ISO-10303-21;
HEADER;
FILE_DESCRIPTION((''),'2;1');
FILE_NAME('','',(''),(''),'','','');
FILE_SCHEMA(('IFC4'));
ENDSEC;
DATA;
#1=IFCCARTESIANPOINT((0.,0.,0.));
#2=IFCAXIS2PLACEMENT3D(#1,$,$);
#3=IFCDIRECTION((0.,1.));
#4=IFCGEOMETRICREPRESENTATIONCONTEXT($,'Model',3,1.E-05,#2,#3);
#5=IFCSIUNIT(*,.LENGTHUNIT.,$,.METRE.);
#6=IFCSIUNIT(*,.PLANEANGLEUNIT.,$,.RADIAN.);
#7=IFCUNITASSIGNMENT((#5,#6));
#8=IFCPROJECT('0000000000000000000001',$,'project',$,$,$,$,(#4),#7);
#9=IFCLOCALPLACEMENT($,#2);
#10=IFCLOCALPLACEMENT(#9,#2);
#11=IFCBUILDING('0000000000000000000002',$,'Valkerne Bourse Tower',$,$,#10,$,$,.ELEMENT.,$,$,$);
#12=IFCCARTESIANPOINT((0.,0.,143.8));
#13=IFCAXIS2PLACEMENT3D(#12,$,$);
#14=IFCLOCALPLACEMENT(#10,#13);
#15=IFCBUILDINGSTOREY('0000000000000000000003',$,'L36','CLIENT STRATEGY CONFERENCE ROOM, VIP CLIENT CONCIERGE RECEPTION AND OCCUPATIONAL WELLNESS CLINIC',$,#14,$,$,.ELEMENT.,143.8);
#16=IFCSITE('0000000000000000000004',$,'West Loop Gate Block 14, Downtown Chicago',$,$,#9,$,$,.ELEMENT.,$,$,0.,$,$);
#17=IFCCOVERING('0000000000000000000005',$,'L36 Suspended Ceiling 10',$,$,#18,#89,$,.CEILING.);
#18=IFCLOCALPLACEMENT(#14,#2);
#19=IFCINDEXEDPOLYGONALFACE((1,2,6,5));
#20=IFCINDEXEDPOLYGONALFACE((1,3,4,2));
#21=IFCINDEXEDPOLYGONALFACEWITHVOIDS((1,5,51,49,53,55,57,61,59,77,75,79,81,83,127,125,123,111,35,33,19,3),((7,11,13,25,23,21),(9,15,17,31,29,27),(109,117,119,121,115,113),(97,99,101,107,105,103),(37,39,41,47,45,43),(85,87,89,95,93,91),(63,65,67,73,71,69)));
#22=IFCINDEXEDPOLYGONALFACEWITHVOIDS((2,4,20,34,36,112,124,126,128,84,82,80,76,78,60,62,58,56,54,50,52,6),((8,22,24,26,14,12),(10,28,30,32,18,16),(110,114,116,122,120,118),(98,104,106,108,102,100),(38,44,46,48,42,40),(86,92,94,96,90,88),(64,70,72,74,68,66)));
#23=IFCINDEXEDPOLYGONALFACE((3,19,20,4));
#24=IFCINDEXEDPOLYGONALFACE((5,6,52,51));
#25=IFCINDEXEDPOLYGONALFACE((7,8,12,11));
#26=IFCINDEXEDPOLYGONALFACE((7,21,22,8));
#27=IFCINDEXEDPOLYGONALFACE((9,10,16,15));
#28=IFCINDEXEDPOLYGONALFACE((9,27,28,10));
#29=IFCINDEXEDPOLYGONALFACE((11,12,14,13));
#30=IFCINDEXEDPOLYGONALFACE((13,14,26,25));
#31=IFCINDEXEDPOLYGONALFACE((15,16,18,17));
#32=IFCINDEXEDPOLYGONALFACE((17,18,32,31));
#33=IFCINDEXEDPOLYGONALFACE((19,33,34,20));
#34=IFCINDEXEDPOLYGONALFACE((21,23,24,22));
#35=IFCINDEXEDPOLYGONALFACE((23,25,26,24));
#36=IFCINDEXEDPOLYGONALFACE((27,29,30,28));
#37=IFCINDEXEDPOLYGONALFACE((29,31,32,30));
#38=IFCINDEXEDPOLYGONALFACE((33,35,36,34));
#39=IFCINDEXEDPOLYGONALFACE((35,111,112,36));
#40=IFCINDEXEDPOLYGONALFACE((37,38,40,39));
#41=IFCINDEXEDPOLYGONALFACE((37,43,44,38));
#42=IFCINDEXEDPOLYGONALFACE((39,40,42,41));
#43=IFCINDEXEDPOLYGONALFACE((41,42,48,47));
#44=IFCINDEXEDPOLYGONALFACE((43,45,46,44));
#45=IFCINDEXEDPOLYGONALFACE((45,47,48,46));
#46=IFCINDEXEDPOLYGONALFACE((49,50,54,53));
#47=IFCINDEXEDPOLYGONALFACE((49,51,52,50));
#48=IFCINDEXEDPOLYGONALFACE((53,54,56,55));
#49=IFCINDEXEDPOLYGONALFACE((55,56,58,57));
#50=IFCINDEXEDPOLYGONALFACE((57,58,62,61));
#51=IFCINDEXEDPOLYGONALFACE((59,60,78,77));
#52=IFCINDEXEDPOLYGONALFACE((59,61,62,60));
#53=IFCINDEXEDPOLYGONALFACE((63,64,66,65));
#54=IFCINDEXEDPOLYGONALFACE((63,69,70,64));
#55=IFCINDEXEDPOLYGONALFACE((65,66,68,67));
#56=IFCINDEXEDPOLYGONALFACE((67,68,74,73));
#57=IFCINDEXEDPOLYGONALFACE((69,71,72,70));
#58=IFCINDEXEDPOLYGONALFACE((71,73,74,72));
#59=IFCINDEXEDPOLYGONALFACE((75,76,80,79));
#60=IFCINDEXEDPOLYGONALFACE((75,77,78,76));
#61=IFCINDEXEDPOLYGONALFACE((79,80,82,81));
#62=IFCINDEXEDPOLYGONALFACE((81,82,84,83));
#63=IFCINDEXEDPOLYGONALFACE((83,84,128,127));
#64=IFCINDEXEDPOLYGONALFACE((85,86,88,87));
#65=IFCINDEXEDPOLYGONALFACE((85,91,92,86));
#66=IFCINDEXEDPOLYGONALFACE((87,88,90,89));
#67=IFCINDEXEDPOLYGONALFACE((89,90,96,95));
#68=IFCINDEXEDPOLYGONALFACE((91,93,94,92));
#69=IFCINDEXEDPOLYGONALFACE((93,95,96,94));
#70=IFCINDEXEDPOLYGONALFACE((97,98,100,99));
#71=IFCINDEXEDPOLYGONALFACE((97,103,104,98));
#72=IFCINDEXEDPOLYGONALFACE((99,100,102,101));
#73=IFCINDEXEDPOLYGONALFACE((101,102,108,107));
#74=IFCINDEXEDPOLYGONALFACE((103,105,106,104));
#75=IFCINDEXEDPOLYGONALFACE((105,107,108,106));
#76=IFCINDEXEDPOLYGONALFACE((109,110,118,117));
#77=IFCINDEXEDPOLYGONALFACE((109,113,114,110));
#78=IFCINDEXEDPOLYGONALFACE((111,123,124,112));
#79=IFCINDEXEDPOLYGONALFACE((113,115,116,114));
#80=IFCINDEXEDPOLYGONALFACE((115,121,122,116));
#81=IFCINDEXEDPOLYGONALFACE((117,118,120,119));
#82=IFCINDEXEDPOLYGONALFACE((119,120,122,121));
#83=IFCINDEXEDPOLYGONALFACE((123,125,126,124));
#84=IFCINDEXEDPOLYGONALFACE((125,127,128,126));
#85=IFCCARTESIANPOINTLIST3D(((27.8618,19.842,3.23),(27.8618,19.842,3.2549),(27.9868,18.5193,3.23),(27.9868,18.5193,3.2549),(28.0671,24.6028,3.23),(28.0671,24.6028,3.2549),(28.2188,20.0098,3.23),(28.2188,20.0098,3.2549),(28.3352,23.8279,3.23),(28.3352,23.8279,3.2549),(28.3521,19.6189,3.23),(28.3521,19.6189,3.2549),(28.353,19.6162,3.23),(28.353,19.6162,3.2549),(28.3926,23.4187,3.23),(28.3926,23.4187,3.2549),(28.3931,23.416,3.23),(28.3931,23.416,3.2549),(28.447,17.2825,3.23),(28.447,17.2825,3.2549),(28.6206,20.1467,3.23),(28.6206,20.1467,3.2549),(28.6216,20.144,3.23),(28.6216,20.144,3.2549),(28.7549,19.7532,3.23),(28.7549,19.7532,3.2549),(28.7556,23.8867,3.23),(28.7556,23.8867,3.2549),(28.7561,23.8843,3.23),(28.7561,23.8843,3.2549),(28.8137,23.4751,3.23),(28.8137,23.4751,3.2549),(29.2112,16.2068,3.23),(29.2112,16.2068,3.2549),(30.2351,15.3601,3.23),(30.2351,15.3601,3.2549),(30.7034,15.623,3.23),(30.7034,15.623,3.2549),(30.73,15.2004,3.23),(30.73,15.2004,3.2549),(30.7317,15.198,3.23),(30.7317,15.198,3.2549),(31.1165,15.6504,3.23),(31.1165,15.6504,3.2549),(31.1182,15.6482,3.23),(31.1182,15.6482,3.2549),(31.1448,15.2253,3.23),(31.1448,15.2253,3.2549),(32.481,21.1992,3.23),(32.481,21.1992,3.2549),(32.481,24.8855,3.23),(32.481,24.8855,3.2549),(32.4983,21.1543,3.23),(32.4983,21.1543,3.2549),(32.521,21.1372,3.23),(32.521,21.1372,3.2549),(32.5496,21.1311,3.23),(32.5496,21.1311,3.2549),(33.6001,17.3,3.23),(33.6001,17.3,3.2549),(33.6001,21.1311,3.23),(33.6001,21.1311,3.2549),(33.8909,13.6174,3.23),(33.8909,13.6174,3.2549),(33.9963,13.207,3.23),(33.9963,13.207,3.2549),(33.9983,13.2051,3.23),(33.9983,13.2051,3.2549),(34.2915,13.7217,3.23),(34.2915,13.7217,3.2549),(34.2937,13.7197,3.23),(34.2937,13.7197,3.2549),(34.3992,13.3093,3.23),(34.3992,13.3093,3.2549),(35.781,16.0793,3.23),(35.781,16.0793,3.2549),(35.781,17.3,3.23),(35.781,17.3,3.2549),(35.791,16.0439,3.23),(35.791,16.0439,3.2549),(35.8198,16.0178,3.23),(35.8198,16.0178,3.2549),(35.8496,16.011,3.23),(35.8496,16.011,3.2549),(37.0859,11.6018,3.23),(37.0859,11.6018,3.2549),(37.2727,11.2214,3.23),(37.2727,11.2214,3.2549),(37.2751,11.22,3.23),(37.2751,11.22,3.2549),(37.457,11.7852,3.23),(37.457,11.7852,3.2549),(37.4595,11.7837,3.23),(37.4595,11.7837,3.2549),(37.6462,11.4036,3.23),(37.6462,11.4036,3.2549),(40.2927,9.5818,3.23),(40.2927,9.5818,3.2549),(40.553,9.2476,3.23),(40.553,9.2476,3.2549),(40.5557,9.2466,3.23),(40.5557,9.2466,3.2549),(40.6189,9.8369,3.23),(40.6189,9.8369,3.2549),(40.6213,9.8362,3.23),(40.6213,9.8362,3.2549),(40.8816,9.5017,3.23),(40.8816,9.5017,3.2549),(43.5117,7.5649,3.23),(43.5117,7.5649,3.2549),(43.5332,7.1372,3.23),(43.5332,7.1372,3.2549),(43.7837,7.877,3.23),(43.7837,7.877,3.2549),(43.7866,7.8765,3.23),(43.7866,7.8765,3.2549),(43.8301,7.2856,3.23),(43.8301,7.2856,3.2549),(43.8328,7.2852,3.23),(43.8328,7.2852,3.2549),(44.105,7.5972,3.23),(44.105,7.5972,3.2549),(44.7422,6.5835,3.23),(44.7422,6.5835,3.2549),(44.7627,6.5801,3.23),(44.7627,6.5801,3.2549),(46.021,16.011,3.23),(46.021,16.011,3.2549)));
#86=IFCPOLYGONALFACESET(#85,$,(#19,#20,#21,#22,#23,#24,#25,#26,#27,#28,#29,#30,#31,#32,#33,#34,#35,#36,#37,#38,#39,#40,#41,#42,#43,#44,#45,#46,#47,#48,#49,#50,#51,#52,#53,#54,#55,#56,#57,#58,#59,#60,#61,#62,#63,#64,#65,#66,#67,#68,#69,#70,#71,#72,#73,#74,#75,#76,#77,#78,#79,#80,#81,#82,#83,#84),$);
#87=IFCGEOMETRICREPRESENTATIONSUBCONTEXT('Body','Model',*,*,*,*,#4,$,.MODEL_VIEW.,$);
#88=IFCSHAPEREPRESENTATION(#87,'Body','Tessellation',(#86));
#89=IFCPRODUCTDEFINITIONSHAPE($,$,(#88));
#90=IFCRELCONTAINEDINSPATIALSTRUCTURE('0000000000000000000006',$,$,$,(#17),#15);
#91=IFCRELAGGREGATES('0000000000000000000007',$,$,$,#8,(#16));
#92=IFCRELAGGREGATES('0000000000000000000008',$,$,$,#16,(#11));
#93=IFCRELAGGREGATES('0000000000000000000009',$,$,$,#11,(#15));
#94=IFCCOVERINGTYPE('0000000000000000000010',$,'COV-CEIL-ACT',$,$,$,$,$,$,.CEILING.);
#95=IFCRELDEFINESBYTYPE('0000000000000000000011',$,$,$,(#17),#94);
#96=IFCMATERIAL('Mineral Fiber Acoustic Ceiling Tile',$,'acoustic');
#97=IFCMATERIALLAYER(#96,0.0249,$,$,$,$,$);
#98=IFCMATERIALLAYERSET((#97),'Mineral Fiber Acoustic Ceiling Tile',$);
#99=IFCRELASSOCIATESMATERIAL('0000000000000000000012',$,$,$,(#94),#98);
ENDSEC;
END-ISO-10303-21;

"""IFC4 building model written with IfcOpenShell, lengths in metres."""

from ifc_helpers import new_model, si_unit, direction, frame, origin, place, context, subcontext, project, spatial, polyline, outline, extrude, material, layer, layer_set, type_object, element, save


model = new_model("IFC4")

# Units and contexts
model_context = context("Model", 3, precision=1e-05, world=origin(), true_north=direction((0.0, 1.0)))
body_context = subcontext(model_context, "Body", "Model", "MODEL_VIEW")
ifc_project = project(units=[si_unit("LENGTHUNIT", "METRE"), si_unit("PLANEANGLEUNIT", "RADIAN")], contexts=[model_context])

# Site, building, storey
site_placement = place(None, origin())
site = spatial("IfcSite", under=ifc_project, at=site_placement, Name="West Loop Gate Block 14, Downtown Chicago", CompositionType="ELEMENT", RefElevation=0.0)
building_placement = place(site_placement, origin())
building = spatial("IfcBuilding", under=site, at=building_placement, Name="Valkerne Bourse Tower", CompositionType="ELEMENT")
storey_placement = place(building_placement, frame((0.0, 0.0, 143.8)))
storey = spatial("IfcBuildingStorey", under=building, at=storey_placement, Name="L36", Description="CLIENT STRATEGY CONFERENCE ROOM, VIP CLIENT CONCIERGE RECEPTION AND OCCUPATIONAL WELLNESS CLINIC", CompositionType="ELEMENT", Elevation=143.8)

# Covering
ifc_material_1 = material(Name="Mineral Fiber Acoustic Ceiling Tile", Category="acoustic")
ifc_layer_1 = layer(ifc_material_1, 0.0249)
ifc_layer_set_1 = layer_set([ifc_layer_1], Name="Mineral Fiber Acoustic Ceiling Tile")
covering_type_1 = type_object("IfcCoveringType", Name="COV-CEIL-ACT", PredefinedType="CEILING", material=ifc_layer_set_1)
covering_1_placement = place(storey_placement, frame((0.0, 0.0, 3.23)))
element("IfcCovering", 1, at=covering_1_placement, inside=storey, type_object=covering_type_1, Name="L36 Suspended Ceiling 10", PredefinedType="CEILING", context=body_context, shape_type="SweptSolid", body=[
    extrude(outline(polyline([(30.2351, 15.3601), (29.2112, 16.2068), (28.447, 17.2825), (27.9868, 18.5193), (27.8618, 19.842), (28.0671, 24.6028), (32.481, 24.8855), (32.481, 21.1992), (32.4983, 21.1543), (32.521, 21.1372), (32.5496, 21.1311), (33.6001, 21.1311), (33.6001, 17.3), (35.781, 17.3), (35.781, 16.0793), (35.791, 16.0439), (35.8198, 16.0178), (35.8496, 16.011), (46.021, 16.011), (44.7627, 6.5801), (44.7422, 6.5835), (43.5332, 7.1372), (30.2351, 15.3601)]), holes=[polyline([(37.4595, 11.7837), (37.457, 11.7852), (37.0859, 11.6018), (37.2727, 11.2214), (37.2751, 11.22), (37.6462, 11.4036), (37.4595, 11.7837)]), polyline([(34.2937, 13.7197), (34.2915, 13.7217), (33.8909, 13.6174), (33.9963, 13.207), (33.9983, 13.2051), (34.3992, 13.3093), (34.2937, 13.7197)]), polyline([(31.1448, 15.2253), (31.1182, 15.6482), (31.1165, 15.6504), (30.7034, 15.623), (30.73, 15.2004), (30.7317, 15.198), (31.1448, 15.2253)]), polyline([(28.7549, 19.7532), (28.6216, 20.144), (28.6206, 20.1467), (28.2188, 20.0098), (28.3521, 19.6189), (28.353, 19.6162), (28.7549, 19.7532)]), polyline([(28.7561, 23.8843), (28.7556, 23.8867), (28.3352, 23.8279), (28.3926, 23.4187), (28.3931, 23.416), (28.8137, 23.4751), (28.7561, 23.8843)]), polyline([(43.7866, 7.8765), (43.7837, 7.877), (43.5117, 7.5649), (43.8301, 7.2856), (43.8328, 7.2852), (44.105, 7.5972), (43.7866, 7.8765)]), polyline([(40.6213, 9.8362), (40.6189, 9.8369), (40.2927, 9.5818), (40.553, 9.2476), (40.5557, 9.2466), (40.8816, 9.5017), (40.6213, 9.8362)])]), origin(), (0.0, 0.0, 1.0), 0.0249),
])

save(model, "model.ifc")
